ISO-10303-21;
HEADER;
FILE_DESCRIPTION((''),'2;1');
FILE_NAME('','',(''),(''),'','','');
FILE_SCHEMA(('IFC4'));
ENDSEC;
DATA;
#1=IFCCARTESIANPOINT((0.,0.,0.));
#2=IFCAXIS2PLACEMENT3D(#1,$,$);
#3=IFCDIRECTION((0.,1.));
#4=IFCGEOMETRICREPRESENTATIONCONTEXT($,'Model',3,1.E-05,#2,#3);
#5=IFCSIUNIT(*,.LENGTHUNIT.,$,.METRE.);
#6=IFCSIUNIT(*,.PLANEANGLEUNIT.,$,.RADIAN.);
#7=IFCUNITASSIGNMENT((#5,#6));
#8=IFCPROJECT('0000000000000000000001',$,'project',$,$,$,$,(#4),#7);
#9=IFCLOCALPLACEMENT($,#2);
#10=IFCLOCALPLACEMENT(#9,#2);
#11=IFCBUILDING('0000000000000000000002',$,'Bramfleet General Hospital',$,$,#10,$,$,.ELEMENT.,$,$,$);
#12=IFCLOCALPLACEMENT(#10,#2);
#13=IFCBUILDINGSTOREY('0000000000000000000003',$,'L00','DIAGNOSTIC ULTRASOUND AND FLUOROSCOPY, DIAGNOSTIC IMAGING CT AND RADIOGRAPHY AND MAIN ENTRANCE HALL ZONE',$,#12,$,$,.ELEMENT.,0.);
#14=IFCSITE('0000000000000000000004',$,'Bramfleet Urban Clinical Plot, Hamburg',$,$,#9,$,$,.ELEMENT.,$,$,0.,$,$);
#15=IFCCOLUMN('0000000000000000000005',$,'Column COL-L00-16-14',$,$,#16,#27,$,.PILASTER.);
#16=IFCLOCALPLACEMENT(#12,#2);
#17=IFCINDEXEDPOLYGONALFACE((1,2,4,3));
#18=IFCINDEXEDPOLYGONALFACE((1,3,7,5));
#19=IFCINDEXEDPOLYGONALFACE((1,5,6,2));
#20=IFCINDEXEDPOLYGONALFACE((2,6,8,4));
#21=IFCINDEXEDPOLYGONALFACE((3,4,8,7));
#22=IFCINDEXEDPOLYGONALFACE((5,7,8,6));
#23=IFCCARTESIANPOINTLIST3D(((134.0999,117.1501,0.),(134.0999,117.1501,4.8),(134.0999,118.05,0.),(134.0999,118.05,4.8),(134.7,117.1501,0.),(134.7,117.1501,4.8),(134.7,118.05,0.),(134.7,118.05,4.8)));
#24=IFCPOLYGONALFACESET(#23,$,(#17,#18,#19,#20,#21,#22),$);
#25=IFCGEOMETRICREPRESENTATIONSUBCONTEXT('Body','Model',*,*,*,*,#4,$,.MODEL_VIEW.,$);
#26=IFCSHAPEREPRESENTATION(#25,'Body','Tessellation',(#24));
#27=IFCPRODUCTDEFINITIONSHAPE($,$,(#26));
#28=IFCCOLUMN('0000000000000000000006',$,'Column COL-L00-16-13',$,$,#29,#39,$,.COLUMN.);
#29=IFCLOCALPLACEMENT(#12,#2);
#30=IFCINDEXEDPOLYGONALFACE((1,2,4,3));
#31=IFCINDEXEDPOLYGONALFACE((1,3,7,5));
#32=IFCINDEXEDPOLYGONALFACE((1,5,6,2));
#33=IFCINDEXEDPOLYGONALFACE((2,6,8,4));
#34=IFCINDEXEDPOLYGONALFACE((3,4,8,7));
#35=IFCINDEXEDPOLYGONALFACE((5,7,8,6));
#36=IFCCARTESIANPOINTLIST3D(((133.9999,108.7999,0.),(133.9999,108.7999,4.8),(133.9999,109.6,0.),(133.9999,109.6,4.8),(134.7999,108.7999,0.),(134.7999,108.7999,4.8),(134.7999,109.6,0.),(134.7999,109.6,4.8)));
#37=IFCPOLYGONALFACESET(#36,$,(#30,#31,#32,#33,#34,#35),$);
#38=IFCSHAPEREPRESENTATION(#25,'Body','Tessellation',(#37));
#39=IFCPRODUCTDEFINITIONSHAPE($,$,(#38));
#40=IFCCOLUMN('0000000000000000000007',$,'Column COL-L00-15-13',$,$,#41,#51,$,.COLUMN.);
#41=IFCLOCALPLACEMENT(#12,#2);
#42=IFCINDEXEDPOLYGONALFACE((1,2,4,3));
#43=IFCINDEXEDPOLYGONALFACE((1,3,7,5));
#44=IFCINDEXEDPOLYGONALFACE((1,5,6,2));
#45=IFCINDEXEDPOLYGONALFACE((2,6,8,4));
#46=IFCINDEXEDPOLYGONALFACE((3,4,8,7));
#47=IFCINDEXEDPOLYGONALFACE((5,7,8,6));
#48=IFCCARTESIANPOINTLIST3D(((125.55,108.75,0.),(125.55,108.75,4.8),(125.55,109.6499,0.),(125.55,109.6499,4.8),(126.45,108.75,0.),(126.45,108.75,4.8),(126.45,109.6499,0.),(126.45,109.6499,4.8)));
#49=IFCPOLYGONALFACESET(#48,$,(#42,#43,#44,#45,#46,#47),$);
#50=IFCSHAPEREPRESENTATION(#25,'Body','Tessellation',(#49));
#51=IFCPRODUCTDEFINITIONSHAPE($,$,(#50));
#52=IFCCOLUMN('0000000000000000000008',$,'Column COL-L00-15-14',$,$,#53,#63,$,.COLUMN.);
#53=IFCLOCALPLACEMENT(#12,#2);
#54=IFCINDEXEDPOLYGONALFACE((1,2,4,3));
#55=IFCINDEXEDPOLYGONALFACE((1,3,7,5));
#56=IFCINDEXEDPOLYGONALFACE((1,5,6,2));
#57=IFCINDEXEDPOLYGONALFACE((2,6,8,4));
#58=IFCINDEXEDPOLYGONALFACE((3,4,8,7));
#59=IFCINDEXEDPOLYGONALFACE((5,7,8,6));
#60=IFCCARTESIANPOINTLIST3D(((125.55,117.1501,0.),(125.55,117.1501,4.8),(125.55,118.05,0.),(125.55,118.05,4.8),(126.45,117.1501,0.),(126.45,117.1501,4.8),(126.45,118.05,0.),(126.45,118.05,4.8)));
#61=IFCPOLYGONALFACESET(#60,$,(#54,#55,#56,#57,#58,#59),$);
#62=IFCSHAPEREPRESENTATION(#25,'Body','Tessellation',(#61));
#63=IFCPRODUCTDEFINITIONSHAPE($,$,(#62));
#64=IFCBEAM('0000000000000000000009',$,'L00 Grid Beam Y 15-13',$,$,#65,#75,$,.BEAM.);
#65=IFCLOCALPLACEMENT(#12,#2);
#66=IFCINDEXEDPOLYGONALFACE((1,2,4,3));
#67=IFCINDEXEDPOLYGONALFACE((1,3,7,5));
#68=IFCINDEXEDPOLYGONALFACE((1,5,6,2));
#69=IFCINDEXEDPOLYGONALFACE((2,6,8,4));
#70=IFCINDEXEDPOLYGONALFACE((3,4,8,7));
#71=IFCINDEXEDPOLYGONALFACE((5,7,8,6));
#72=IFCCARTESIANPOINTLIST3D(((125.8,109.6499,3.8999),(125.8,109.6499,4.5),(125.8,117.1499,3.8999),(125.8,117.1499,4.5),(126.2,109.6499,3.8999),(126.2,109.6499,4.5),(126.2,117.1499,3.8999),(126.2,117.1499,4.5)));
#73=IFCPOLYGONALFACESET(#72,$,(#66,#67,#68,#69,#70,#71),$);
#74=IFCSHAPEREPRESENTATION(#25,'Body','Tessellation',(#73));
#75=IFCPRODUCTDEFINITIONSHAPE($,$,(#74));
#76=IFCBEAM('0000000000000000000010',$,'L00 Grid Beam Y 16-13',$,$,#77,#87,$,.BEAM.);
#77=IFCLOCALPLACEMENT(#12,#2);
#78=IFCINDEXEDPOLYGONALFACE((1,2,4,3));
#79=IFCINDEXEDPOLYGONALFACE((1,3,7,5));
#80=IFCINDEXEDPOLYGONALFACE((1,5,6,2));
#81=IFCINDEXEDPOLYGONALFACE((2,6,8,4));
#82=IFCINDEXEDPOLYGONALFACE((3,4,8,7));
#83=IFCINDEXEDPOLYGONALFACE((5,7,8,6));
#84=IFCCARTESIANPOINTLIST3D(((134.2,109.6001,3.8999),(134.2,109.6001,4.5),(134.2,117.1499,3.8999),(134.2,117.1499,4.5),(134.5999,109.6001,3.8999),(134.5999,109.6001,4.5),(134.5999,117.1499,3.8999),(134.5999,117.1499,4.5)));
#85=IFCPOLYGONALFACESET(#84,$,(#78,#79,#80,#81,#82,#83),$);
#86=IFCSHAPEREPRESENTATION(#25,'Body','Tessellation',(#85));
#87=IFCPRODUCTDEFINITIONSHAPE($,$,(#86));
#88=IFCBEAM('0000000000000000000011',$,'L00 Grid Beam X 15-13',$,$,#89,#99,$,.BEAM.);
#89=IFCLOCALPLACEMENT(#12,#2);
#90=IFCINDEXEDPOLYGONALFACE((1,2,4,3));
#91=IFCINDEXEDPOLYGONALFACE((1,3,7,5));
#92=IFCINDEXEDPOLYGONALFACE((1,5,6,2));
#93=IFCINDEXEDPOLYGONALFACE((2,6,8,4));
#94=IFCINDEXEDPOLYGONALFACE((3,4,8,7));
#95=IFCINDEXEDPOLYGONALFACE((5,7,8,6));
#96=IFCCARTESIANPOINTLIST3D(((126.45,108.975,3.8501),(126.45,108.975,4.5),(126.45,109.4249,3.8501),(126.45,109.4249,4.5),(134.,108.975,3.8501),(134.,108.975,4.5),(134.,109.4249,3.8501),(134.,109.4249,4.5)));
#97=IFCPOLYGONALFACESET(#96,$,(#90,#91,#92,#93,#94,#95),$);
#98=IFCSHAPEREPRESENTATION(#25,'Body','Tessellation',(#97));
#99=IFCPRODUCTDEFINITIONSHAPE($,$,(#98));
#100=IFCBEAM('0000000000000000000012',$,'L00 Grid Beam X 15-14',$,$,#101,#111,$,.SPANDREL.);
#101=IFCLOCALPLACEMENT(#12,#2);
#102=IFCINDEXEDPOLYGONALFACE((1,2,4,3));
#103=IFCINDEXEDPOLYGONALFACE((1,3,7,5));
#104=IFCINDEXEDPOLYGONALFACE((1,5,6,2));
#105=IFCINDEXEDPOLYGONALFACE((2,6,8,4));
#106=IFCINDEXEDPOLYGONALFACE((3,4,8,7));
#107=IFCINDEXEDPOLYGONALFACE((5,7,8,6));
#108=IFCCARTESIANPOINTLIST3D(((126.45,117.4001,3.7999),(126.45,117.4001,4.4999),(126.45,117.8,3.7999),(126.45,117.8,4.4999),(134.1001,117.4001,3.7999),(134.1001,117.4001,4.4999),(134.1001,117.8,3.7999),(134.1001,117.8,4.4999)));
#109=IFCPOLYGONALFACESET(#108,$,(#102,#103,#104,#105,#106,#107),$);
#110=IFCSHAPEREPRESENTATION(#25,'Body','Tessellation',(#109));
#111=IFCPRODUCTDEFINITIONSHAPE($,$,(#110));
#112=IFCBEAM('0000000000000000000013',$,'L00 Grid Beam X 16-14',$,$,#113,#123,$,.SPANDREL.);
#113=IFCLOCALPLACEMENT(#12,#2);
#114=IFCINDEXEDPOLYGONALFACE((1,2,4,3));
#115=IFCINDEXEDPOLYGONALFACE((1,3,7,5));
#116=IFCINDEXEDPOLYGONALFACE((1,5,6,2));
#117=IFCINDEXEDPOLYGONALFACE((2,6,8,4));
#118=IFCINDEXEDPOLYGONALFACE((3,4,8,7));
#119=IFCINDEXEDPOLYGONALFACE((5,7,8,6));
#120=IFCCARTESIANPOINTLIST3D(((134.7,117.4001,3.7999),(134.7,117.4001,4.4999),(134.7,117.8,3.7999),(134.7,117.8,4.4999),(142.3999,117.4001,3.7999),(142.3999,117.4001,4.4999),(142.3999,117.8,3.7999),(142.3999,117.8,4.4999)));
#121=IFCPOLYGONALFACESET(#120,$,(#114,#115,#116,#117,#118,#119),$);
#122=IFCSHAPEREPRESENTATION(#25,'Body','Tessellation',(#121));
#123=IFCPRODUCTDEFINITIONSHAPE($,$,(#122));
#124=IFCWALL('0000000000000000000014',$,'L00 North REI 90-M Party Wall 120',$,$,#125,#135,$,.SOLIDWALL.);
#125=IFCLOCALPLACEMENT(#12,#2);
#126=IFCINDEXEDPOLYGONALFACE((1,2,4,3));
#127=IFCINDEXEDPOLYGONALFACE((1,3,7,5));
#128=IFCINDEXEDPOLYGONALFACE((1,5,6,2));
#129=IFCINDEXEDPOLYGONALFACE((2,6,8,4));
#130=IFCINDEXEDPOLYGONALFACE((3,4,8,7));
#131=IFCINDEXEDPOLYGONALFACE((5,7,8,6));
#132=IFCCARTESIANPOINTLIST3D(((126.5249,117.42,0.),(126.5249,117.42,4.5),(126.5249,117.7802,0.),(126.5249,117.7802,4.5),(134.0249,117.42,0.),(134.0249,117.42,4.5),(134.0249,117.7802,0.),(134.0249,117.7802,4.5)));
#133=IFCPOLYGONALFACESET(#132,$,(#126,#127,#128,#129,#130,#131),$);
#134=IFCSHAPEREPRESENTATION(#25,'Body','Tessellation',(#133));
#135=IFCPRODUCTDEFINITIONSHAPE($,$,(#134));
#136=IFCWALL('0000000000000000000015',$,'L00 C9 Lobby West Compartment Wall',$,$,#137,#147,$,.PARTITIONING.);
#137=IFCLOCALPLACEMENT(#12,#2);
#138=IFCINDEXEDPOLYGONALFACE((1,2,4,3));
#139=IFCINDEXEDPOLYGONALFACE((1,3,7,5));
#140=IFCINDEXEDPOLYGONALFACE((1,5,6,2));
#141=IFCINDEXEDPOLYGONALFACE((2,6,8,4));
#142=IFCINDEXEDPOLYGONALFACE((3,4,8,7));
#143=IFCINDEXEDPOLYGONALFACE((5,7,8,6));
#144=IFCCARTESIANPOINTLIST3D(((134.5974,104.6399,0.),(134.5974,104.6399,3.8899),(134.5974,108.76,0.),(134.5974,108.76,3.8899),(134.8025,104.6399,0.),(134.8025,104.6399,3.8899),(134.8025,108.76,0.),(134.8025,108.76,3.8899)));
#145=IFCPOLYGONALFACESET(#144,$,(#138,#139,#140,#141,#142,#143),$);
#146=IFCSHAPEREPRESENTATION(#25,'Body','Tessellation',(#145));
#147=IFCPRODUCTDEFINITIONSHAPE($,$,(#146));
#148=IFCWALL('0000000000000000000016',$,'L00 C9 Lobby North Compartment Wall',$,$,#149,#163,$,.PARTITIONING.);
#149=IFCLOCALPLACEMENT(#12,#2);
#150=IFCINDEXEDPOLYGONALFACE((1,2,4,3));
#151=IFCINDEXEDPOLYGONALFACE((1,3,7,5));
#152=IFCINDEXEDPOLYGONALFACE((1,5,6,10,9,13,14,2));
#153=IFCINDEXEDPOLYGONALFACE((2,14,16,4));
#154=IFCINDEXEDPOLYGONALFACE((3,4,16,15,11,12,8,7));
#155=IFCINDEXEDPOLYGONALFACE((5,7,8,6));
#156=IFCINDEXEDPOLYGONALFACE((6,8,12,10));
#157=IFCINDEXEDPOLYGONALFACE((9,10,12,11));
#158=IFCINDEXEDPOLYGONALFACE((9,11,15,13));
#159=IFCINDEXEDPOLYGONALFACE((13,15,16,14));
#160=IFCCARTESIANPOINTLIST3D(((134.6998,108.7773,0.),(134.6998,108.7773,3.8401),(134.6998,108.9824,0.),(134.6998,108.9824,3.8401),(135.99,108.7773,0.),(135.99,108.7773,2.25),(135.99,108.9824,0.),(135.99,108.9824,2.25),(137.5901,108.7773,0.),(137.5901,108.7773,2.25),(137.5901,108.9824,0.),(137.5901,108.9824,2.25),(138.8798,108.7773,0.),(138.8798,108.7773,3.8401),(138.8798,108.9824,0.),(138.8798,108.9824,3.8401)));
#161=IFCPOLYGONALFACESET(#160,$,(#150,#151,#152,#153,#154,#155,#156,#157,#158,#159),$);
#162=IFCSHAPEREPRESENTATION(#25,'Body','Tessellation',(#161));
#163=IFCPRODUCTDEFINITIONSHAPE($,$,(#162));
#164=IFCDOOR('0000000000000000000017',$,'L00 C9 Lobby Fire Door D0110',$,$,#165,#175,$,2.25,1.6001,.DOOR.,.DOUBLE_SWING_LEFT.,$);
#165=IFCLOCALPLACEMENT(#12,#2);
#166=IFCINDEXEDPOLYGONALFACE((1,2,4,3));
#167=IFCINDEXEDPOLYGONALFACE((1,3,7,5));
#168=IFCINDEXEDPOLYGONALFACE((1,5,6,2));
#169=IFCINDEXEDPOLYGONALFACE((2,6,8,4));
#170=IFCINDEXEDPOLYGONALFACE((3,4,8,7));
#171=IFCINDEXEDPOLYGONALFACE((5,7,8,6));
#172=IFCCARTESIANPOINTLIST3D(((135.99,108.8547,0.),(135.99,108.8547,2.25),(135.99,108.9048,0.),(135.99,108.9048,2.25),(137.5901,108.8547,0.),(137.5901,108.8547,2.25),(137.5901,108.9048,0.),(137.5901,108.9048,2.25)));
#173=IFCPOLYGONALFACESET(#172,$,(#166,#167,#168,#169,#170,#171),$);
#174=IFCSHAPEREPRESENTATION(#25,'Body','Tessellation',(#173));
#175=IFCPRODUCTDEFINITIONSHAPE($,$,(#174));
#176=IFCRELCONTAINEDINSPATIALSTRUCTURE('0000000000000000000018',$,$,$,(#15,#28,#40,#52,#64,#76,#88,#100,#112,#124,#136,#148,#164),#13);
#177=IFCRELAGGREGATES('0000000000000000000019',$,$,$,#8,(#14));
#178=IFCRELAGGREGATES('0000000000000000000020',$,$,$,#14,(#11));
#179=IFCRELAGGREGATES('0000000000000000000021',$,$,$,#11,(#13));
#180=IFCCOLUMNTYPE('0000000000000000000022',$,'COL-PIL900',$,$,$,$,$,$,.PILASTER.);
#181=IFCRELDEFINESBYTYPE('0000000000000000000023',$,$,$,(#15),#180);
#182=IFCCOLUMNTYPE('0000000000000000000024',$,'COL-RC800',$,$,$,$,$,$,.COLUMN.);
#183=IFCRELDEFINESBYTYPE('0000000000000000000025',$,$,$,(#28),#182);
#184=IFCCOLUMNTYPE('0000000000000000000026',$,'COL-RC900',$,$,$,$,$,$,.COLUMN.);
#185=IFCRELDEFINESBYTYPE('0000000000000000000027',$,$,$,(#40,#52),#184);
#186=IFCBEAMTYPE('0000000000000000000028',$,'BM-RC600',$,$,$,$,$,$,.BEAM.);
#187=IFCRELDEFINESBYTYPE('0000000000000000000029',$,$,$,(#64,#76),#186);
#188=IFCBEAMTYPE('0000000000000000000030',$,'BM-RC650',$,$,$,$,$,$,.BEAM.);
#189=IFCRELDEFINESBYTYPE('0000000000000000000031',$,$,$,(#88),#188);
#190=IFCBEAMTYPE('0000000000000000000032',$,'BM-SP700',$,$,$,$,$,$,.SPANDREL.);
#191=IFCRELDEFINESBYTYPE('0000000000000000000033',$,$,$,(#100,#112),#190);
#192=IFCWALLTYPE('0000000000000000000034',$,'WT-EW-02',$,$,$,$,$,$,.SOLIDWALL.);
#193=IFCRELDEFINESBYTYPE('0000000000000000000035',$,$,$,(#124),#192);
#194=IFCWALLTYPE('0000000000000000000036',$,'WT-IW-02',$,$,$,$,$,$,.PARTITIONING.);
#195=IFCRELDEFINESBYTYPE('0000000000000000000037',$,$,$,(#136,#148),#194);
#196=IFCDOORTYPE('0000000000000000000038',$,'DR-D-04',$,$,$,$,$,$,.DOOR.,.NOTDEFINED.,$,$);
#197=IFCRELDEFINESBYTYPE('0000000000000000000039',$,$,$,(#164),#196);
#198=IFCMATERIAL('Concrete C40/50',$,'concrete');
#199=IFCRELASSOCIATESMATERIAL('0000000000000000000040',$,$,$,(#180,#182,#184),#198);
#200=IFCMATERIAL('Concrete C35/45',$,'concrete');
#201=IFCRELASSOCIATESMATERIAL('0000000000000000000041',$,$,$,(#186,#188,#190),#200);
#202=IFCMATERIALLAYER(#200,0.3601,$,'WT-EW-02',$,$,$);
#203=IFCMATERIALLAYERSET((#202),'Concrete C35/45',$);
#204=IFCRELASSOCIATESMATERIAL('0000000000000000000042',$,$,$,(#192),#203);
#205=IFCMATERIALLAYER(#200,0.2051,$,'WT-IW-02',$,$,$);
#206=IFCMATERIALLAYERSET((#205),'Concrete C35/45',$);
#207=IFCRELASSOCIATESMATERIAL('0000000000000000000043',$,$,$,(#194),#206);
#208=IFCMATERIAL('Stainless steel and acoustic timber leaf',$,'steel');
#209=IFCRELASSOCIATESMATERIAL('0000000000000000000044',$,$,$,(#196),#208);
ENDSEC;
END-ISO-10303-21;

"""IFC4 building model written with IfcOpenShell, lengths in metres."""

from ifc_helpers import new_model, si_unit, direction, frame, frame_2d, origin, origin_2d, place, context, subcontext, project, spatial, rectangle, extrude, material, layer, layer_set, material_profile, profile_set, type_object, element, fill, save


model = new_model("IFC4")

# Units and contexts
model_context = context("Model", 3, precision=1e-05, world=origin(), true_north=direction((0.0, 1.0)))
body_context = subcontext(model_context, "Body", "Model", "MODEL_VIEW")
ifc_project = project(units=[si_unit("LENGTHUNIT", "METRE"), si_unit("PLANEANGLEUNIT", "RADIAN")], contexts=[model_context])

# Site, building, storey
site_placement = place(None, origin())
site = spatial("IfcSite", under=ifc_project, at=site_placement, Name="Bramfleet Urban Clinical Plot, Hamburg", CompositionType="ELEMENT", RefElevation=0.0)
building_placement = place(site_placement, origin())
building = spatial("IfcBuilding", under=site, at=building_placement, Name="Bramfleet General Hospital", CompositionType="ELEMENT")
storey_placement = place(building_placement, origin())
storey = spatial("IfcBuildingStorey", under=building, at=storey_placement, Name="L00", Description="DIAGNOSTIC ULTRASOUND AND FLUOROSCOPY, DIAGNOSTIC IMAGING CT AND RADIOGRAPHY AND MAIN ENTRANCE HALL ZONE", CompositionType="ELEMENT", Elevation=0.0)

# Columns
ifc_material_1 = material(Name="Concrete C40/50", Category="concrete")
ifc_material_profile_1 = material_profile(ifc_material_1, rectangle(XDim=0.6001, YDim=0.8999, at=origin_2d()), Name="RC PIL 900x600")
ifc_profile_set_1 = profile_set([ifc_material_profile_1], Name="Concrete C40/50")
column_type_1 = type_object("IfcColumnType", Name="COL-PIL900", PredefinedType="PILASTER", material=ifc_profile_set_1)
column_1_placement = place(storey_placement, frame((134.3999, 117.6001, 0.0), z_axis=(0.0, 0.0, 1.0), x_axis=(1.0, 0.0, 0.0)))
element("IfcColumn", 1, at=column_1_placement, inside=storey, type_object=column_type_1, Name="Column COL-L00-16-14", PredefinedType="PILASTER", context=body_context, shape_type="SweptSolid", body=[
    extrude(rectangle(XDim=0.6001, YDim=0.8999, at=origin_2d()), origin(), (0.0, 0.0, 1.0), 4.8),
])
ifc_material_profile_2 = material_profile(ifc_material_1, rectangle(XDim=0.8, YDim=0.8, at=origin_2d()), Name="RC COL 800x800")
ifc_profile_set_2 = profile_set([ifc_material_profile_2], Name="Concrete C40/50")
column_type_2 = type_object("IfcColumnType", Name="COL-RC800", PredefinedType="COLUMN", material=ifc_profile_set_2)
column_2_placement = place(storey_placement, frame((134.3999, 109.2, 0.0), z_axis=(0.0, 0.0, 1.0), x_axis=(1.0, 0.0, 0.0)))
element("IfcColumn", 2, at=column_2_placement, inside=storey, type_object=column_type_2, Name="Column COL-L00-16-13", PredefinedType="COLUMN", context=body_context, shape_type="SweptSolid", body=[
    extrude(rectangle(XDim=0.8, YDim=0.8, at=origin_2d()), origin(), (0.0, 0.0, 1.0), 4.8),
])
ifc_material_profile_3 = material_profile(ifc_material_1, rectangle(XDim=0.8999, YDim=0.8999, at=origin_2d()), Name="RC COL 900x900")
ifc_profile_set_3 = profile_set([ifc_material_profile_3], Name="Concrete C40/50")
column_type_3 = type_object("IfcColumnType", Name="COL-RC900", PredefinedType="COLUMN", material=ifc_profile_set_3)
for number, where, z_axis, x_axis, name in (
    (3, (126.0, 109.2, 0.0), (0.0, 0.0, 1.0), (1.0, 0.0, 0.0), "Column COL-L00-15-13"),
    (4, (126.0, 117.6001, 0.0), (0.0, 0.0, 1.0), (1.0, 0.0, 0.0), "Column COL-L00-15-14"),
):
    element("IfcColumn", number, at=place(storey_placement, frame(where, z_axis=z_axis, x_axis=x_axis)), inside=storey, type_object=column_type_3, Name=name, PredefinedType="COLUMN", context=body_context, shape_type="SweptSolid", body=[
        extrude(rectangle(XDim=0.8999, YDim=0.8999, at=origin_2d()), origin(), (0.0, 0.0, 1.0), 4.8),
    ])

# Beams
ifc_material_2 = material(Name="Concrete C35/45", Category="concrete")
ifc_material_profile_4 = material_profile(ifc_material_2, rectangle(XDim=0.3999, YDim=0.6001, at=origin_2d()), Name="RC BM 600x400")
ifc_profile_set_4 = profile_set([ifc_material_profile_4], Name="Concrete C35/45")
beam_type_1 = type_object("IfcBeamType", Name="BM-RC600", PredefinedType="BEAM", material=ifc_profile_set_4)
beam_1_placement = place(storey_placement, frame((126.0, 109.6499, 4.2), z_axis=(0.0, 1.0, 0.0), x_axis=(-1.0, 0.0, 0.0)))
element("IfcBeam", 5, at=beam_1_placement, inside=storey, type_object=beam_type_1, Name="L00 Grid Beam Y 15-13", PredefinedType="BEAM", context=body_context, shape_type="SweptSolid", body=[
    extrude(rectangle(XDim=0.3999, YDim=0.6001, at=origin_2d()), origin(), (0.0, 0.0, 1.0), 7.5),
])
beam_2_placement = place(storey_placement, frame((134.3999, 109.6001, 4.2), z_axis=(0.0, 1.0, 0.0), x_axis=(-1.0, 0.0, 0.0)))
element("IfcBeam", 6, at=beam_2_placement, inside=storey, type_object=beam_type_1, Name="L00 Grid Beam Y 16-13", PredefinedType="BEAM", context=body_context, shape_type="SweptSolid", body=[
    extrude(rectangle(XDim=0.3999, YDim=0.6001, at=origin_2d()), origin(), (0.0, 0.0, 1.0), 7.5498),
])
ifc_material_profile_5 = material_profile(ifc_material_2, rectangle(XDim=0.45, YDim=0.6499, at=origin_2d()), Name="RC BM 650x450")
ifc_profile_set_5 = profile_set([ifc_material_profile_5], Name="Concrete C35/45")
beam_type_2 = type_object("IfcBeamType", Name="BM-RC650", PredefinedType="BEAM", material=ifc_profile_set_5)
beam_3_placement = place(storey_placement, frame((126.45, 109.2, 4.175), z_axis=(1.0, 0.0, 0.0), x_axis=(0.0, 1.0, 0.0)))
element("IfcBeam", 7, at=beam_3_placement, inside=storey, type_object=beam_type_2, Name="L00 Grid Beam X 15-13", PredefinedType="BEAM", context=body_context, shape_type="SweptSolid", body=[
    extrude(rectangle(XDim=0.45, YDim=0.6499, at=origin_2d()), origin(), (0.0, 0.0, 1.0), 7.55),
])
ifc_material_profile_6 = material_profile(ifc_material_2, rectangle(XDim=0.3999, YDim=0.7, at=origin_2d()), Name="RC SP 700x400")
ifc_profile_set_6 = profile_set([ifc_material_profile_6], Name="Concrete C35/45")
beam_type_3 = type_object("IfcBeamType", Name="BM-SP700", PredefinedType="SPANDREL", material=ifc_profile_set_6)
beam_4_placement = place(storey_placement, frame((126.45, 117.6001, 4.1499), z_axis=(1.0, 0.0, 0.0), x_axis=(0.0, 1.0, 0.0)))
element("IfcBeam", 8, at=beam_4_placement, inside=storey, type_object=beam_type_3, Name="L00 Grid Beam X 15-14", PredefinedType="SPANDREL", context=body_context, shape_type="SweptSolid", body=[
    extrude(rectangle(XDim=0.3999, YDim=0.7, at=origin_2d()), origin(), (0.0, 0.0, 1.0), 7.6501),
])
beam_5_placement = place(storey_placement, frame((134.7, 117.6001, 4.1499), z_axis=(1.0, 0.0, 0.0), x_axis=(0.0, 1.0, 0.0)))
element("IfcBeam", 9, at=beam_5_placement, inside=storey, type_object=beam_type_3, Name="L00 Grid Beam X 16-14", PredefinedType="SPANDREL", context=body_context, shape_type="SweptSolid", body=[
    extrude(rectangle(XDim=0.3999, YDim=0.7, at=origin_2d()), origin(), (0.0, 0.0, 1.0), 7.7),
])

# Walls
ifc_layer_1 = layer(ifc_material_2, 0.3601, Name="WT-EW-02")
ifc_layer_set_1 = layer_set([ifc_layer_1], Name="Concrete C35/45")
wall_type_1 = type_object("IfcWallType", Name="WT-EW-02", PredefinedType="SOLIDWALL", material=ifc_layer_set_1)
wall_1_placement = place(storey_placement, frame((126.5249, 117.6001, 0.0), z_axis=(0.0, 0.0, 1.0), x_axis=(1.0, 0.0, 0.0)))
element("IfcWall", 10, at=wall_1_placement, inside=storey, type_object=wall_type_1, Name="L00 North REI 90-M Party Wall 120", PredefinedType="SOLIDWALL", context=body_context, shape_type="SweptSolid", body=[
    extrude(rectangle(XDim=7.5, YDim=0.3601, at=frame_2d((3.75, 0.0))), origin(), (0.0, 0.0, 1.0), 4.5),
])
ifc_layer_2 = layer(ifc_material_2, 0.2051, Name="WT-IW-02")
ifc_layer_set_2 = layer_set([ifc_layer_2], Name="Concrete C35/45")
wall_type_2 = type_object("IfcWallType", Name="WT-IW-02", PredefinedType="PARTITIONING", material=ifc_layer_set_2)
wall_2_placement = place(storey_placement, frame((134.7, 104.6399, 0.0), z_axis=(0.0, 0.0, 1.0), x_axis=(0.0, 1.0, 0.0)))
element("IfcWall", 11, at=wall_2_placement, inside=storey, type_object=wall_type_2, Name="L00 C9 Lobby West Compartment Wall", PredefinedType="PARTITIONING", context=body_context, shape_type="SweptSolid", body=[
    extrude(rectangle(XDim=4.1201, YDim=0.2051, at=frame_2d((2.0601, 0.0))), origin(), (0.0, 0.0, 1.0), 3.8899),
])

# Wall, opening, door
wall_3_placement = place(storey_placement, frame((134.7, 108.8799, 0.0), z_axis=(0.0, 0.0, 1.0), x_axis=(1.0, 0.0, 0.0)))
wall_3 = element("IfcWall", 12, at=wall_3_placement, inside=storey, type_object=wall_type_2, Name="L00 C9 Lobby North Compartment Wall", PredefinedType="PARTITIONING", context=body_context, shape_type="SweptSolid", body=[
    extrude(rectangle(XDim=4.1799, YDim=0.2051, at=frame_2d((2.0898, 0.0))), origin(), (0.0, 0.0, 1.0), 3.8401),
])
opening_1_placement = place(wall_3_placement, frame((1.29, 0.0, 0.0)))
opening_1 = element("IfcOpeningElement", 13, at=opening_1_placement, cuts=wall_3, PredefinedType="OPENING", context=body_context, shape_type="SweptSolid", body=[
    extrude(rectangle(XDim=1.6001, YDim=2.25, at=frame_2d((0.8, 1.125))), frame((0.0, 0.1125, 0.0), z_axis=(0.0, -1.0, 0.0), x_axis=(1.0, 0.0, 0.0)), (0.0, 0.0, 1.0), 0.2251),
])
ifc_material_3 = material(Name="Stainless steel and acoustic timber leaf", Category="steel")
door_type_1 = type_object("IfcDoorType", Name="DR-D-04", OperationType="NOTDEFINED", PredefinedType="DOOR", material=ifc_material_3)
door_1_placement = place(opening_1_placement, origin())
door_1 = element("IfcDoor", 14, at=door_1_placement, inside=storey, type_object=door_type_1, Name="L00 C9 Lobby Fire Door D0110", OperationType="DOUBLE_SWING_LEFT", OverallHeight=2.25, OverallWidth=1.6001, PredefinedType="DOOR", context=body_context, shape_type="SweptSolid", body=[
    extrude(rectangle(XDim=1.6001, YDim=2.25, at=frame_2d((0.8, 1.125))), frame((0.0, 0.0249, 0.0), z_axis=(0.0, -1.0, 0.0), x_axis=(1.0, 0.0, 0.0)), (0.0, 0.0, 1.0), 0.05),
])
fill(opening_1, door_1)

save(model, "model.ifc")
